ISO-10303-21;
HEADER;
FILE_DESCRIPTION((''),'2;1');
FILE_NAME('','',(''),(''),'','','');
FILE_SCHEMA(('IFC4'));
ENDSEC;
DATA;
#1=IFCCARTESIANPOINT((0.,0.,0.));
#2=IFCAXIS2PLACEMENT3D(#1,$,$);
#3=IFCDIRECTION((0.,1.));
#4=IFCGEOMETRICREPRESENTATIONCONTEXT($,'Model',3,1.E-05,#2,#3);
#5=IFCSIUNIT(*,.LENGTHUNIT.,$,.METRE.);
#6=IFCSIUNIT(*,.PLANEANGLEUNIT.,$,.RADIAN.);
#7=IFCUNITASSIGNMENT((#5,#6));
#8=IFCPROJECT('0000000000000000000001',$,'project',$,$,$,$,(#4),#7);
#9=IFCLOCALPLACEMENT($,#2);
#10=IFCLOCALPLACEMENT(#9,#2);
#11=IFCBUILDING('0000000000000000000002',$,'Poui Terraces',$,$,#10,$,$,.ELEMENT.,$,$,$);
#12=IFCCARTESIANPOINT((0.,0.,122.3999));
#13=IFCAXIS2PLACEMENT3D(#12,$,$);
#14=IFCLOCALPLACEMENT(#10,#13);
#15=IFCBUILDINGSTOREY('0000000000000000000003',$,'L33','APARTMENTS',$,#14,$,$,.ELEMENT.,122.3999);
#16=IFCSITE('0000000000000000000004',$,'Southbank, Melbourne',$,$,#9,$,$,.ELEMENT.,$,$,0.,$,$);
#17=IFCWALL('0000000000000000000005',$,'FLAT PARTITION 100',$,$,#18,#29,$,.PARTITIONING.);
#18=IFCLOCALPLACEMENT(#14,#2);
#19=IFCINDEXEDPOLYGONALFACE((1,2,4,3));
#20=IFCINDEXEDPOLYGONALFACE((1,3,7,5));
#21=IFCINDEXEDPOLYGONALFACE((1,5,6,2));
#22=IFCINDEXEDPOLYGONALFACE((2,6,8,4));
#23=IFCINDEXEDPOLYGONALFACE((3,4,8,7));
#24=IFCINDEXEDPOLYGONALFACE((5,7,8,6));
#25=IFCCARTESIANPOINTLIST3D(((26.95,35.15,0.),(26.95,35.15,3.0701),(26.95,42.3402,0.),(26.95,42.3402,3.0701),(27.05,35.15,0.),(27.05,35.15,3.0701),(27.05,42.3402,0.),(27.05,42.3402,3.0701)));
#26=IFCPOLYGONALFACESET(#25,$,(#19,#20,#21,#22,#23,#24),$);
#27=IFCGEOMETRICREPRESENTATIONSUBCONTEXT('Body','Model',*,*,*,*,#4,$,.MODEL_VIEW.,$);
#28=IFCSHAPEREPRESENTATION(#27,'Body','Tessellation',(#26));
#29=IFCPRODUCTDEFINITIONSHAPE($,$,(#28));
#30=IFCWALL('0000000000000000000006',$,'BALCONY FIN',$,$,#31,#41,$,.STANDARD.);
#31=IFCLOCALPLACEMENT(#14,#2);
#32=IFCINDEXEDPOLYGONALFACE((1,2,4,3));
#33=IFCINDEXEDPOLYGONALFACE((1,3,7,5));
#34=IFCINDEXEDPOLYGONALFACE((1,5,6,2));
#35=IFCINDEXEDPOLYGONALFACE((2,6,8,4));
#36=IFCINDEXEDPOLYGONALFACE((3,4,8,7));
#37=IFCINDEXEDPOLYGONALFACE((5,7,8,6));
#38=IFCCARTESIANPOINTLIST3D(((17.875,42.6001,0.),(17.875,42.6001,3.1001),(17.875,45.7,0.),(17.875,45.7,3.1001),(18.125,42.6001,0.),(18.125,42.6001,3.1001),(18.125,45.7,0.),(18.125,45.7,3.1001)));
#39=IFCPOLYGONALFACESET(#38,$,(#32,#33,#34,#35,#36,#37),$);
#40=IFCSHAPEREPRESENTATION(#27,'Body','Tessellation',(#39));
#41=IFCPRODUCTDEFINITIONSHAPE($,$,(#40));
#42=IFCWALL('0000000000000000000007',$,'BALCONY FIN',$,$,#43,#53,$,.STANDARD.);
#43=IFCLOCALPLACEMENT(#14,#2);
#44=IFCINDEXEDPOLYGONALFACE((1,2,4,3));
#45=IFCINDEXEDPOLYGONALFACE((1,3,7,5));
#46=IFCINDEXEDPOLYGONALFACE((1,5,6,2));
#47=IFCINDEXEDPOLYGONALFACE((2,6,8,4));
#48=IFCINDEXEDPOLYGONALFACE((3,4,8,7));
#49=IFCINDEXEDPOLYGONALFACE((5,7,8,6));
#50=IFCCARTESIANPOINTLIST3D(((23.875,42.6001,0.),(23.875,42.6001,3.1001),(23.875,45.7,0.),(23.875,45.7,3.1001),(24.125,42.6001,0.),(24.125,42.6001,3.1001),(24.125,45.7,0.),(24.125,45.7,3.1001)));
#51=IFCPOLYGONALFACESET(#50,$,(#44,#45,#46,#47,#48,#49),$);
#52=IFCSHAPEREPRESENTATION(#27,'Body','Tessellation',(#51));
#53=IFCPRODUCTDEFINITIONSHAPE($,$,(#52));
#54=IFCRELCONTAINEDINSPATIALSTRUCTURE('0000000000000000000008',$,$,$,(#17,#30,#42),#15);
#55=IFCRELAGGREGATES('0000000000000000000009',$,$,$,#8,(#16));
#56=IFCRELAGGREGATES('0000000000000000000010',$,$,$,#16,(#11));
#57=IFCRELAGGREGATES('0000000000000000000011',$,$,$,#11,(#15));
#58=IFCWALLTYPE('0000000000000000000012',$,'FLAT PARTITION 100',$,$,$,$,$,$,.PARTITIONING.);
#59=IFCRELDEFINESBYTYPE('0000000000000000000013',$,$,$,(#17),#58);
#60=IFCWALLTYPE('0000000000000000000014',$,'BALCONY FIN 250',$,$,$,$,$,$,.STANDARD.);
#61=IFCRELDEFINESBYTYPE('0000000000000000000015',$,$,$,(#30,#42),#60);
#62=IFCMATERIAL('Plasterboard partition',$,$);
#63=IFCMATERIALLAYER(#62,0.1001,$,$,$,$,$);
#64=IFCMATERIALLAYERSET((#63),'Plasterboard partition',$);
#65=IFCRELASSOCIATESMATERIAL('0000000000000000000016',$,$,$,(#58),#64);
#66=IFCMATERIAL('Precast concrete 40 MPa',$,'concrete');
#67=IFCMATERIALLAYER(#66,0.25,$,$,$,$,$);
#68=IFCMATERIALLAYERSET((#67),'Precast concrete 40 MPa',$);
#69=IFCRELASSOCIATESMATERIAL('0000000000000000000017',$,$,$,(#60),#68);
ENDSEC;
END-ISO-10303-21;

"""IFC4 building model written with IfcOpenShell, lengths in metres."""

from ifc_helpers import new_model, si_unit, direction, frame, frame_2d, origin, place, context, subcontext, project, spatial, polyline, rectangle, outline, extrude, source, transform, mapped, material, layer, layer_set, type_object, element, save


model = new_model("IFC4")

# Units and contexts
model_context = context("Model", 3, precision=1e-05, world=origin(), true_north=direction((0.0, 1.0)))
body_context = subcontext(model_context, "Body", "Model", "MODEL_VIEW")
ifc_project = project(units=[si_unit("LENGTHUNIT", "METRE"), si_unit("PLANEANGLEUNIT", "RADIAN")], contexts=[model_context])

# Site, building, storey
site_placement = place(None, origin())
site = spatial("IfcSite", under=ifc_project, at=site_placement, Name="Southbank, Melbourne", CompositionType="ELEMENT", RefElevation=0.0)
building_placement = place(site_placement, origin())
building = spatial("IfcBuilding", under=site, at=building_placement, Name="Poui Terraces", CompositionType="ELEMENT")
storey_placement = place(building_placement, frame((0.0, 0.0, 122.3999)))
storey = spatial("IfcBuildingStorey", under=building, at=storey_placement, Name="L33", Description="APARTMENTS", CompositionType="ELEMENT", Elevation=122.3999)

# Shared definitions
ifc_material_1 = material(Name="Plasterboard partition")
ifc_layer_1 = layer(ifc_material_1, 0.1001)
ifc_layer_set_1 = layer_set([ifc_layer_1], Name="Plasterboard partition")
wall_type_1 = type_object("IfcWallType", Name="FLAT PARTITION 100", PredefinedType="PARTITIONING", material=ifc_layer_set_1)

# Walls
wall_1_placement = place(storey_placement, frame((27.0, 35.1499, 0.0), z_axis=(0.0, 0.0, 1.0), x_axis=(0.0, 1.0, 0.0)))
element("IfcWall", 1, at=wall_1_placement, inside=storey, type_object=wall_type_1, Name="FLAT PARTITION 100", PredefinedType="PARTITIONING", context=body_context, shape_type="SweptSolid", body=[
    extrude(rectangle(XDim=7.1902, YDim=0.1001, at=frame_2d((3.5952, 0.0))), origin(), (0.0, 0.0, 1.0), 3.0701),
])
ifc_material_2 = material(Name="Precast concrete 40 MPa", Category="concrete")
ifc_layer_2 = layer(ifc_material_2, 0.25)
ifc_layer_set_2 = layer_set([ifc_layer_2], Name="Precast concrete 40 MPa")
wall_type_2 = type_object("IfcWallType", Name="BALCONY FIN 250", PredefinedType="STANDARD", material=ifc_layer_set_2)
shared_shape_1 = source(origin(), body_context, "Body", "SweptSolid", [
    extrude(outline(polyline([(0.0, 0.0), (0.25, 0.0), (0.25, 3.0999), (0.0, 3.0999), (0.0, 0.0)])), origin(), (0.0, 0.0, 1.0), 3.1001),
])
for number, where, name in (
    (2, (17.875, 42.6001, 0.0), "BALCONY FIN"),
    (3, (23.875, 42.6001, 0.0), "BALCONY FIN"),
):
    element("IfcWall", number, at=place(storey_placement, frame(where)), inside=storey, type_object=wall_type_2, Name=name, PredefinedType="STANDARD", context=body_context, shape_type="MappedRepresentation", body=[
        mapped(shared_shape_1, transform((0.0, 0.0, 0.0))),
    ])

save(model, "model.ifc")
